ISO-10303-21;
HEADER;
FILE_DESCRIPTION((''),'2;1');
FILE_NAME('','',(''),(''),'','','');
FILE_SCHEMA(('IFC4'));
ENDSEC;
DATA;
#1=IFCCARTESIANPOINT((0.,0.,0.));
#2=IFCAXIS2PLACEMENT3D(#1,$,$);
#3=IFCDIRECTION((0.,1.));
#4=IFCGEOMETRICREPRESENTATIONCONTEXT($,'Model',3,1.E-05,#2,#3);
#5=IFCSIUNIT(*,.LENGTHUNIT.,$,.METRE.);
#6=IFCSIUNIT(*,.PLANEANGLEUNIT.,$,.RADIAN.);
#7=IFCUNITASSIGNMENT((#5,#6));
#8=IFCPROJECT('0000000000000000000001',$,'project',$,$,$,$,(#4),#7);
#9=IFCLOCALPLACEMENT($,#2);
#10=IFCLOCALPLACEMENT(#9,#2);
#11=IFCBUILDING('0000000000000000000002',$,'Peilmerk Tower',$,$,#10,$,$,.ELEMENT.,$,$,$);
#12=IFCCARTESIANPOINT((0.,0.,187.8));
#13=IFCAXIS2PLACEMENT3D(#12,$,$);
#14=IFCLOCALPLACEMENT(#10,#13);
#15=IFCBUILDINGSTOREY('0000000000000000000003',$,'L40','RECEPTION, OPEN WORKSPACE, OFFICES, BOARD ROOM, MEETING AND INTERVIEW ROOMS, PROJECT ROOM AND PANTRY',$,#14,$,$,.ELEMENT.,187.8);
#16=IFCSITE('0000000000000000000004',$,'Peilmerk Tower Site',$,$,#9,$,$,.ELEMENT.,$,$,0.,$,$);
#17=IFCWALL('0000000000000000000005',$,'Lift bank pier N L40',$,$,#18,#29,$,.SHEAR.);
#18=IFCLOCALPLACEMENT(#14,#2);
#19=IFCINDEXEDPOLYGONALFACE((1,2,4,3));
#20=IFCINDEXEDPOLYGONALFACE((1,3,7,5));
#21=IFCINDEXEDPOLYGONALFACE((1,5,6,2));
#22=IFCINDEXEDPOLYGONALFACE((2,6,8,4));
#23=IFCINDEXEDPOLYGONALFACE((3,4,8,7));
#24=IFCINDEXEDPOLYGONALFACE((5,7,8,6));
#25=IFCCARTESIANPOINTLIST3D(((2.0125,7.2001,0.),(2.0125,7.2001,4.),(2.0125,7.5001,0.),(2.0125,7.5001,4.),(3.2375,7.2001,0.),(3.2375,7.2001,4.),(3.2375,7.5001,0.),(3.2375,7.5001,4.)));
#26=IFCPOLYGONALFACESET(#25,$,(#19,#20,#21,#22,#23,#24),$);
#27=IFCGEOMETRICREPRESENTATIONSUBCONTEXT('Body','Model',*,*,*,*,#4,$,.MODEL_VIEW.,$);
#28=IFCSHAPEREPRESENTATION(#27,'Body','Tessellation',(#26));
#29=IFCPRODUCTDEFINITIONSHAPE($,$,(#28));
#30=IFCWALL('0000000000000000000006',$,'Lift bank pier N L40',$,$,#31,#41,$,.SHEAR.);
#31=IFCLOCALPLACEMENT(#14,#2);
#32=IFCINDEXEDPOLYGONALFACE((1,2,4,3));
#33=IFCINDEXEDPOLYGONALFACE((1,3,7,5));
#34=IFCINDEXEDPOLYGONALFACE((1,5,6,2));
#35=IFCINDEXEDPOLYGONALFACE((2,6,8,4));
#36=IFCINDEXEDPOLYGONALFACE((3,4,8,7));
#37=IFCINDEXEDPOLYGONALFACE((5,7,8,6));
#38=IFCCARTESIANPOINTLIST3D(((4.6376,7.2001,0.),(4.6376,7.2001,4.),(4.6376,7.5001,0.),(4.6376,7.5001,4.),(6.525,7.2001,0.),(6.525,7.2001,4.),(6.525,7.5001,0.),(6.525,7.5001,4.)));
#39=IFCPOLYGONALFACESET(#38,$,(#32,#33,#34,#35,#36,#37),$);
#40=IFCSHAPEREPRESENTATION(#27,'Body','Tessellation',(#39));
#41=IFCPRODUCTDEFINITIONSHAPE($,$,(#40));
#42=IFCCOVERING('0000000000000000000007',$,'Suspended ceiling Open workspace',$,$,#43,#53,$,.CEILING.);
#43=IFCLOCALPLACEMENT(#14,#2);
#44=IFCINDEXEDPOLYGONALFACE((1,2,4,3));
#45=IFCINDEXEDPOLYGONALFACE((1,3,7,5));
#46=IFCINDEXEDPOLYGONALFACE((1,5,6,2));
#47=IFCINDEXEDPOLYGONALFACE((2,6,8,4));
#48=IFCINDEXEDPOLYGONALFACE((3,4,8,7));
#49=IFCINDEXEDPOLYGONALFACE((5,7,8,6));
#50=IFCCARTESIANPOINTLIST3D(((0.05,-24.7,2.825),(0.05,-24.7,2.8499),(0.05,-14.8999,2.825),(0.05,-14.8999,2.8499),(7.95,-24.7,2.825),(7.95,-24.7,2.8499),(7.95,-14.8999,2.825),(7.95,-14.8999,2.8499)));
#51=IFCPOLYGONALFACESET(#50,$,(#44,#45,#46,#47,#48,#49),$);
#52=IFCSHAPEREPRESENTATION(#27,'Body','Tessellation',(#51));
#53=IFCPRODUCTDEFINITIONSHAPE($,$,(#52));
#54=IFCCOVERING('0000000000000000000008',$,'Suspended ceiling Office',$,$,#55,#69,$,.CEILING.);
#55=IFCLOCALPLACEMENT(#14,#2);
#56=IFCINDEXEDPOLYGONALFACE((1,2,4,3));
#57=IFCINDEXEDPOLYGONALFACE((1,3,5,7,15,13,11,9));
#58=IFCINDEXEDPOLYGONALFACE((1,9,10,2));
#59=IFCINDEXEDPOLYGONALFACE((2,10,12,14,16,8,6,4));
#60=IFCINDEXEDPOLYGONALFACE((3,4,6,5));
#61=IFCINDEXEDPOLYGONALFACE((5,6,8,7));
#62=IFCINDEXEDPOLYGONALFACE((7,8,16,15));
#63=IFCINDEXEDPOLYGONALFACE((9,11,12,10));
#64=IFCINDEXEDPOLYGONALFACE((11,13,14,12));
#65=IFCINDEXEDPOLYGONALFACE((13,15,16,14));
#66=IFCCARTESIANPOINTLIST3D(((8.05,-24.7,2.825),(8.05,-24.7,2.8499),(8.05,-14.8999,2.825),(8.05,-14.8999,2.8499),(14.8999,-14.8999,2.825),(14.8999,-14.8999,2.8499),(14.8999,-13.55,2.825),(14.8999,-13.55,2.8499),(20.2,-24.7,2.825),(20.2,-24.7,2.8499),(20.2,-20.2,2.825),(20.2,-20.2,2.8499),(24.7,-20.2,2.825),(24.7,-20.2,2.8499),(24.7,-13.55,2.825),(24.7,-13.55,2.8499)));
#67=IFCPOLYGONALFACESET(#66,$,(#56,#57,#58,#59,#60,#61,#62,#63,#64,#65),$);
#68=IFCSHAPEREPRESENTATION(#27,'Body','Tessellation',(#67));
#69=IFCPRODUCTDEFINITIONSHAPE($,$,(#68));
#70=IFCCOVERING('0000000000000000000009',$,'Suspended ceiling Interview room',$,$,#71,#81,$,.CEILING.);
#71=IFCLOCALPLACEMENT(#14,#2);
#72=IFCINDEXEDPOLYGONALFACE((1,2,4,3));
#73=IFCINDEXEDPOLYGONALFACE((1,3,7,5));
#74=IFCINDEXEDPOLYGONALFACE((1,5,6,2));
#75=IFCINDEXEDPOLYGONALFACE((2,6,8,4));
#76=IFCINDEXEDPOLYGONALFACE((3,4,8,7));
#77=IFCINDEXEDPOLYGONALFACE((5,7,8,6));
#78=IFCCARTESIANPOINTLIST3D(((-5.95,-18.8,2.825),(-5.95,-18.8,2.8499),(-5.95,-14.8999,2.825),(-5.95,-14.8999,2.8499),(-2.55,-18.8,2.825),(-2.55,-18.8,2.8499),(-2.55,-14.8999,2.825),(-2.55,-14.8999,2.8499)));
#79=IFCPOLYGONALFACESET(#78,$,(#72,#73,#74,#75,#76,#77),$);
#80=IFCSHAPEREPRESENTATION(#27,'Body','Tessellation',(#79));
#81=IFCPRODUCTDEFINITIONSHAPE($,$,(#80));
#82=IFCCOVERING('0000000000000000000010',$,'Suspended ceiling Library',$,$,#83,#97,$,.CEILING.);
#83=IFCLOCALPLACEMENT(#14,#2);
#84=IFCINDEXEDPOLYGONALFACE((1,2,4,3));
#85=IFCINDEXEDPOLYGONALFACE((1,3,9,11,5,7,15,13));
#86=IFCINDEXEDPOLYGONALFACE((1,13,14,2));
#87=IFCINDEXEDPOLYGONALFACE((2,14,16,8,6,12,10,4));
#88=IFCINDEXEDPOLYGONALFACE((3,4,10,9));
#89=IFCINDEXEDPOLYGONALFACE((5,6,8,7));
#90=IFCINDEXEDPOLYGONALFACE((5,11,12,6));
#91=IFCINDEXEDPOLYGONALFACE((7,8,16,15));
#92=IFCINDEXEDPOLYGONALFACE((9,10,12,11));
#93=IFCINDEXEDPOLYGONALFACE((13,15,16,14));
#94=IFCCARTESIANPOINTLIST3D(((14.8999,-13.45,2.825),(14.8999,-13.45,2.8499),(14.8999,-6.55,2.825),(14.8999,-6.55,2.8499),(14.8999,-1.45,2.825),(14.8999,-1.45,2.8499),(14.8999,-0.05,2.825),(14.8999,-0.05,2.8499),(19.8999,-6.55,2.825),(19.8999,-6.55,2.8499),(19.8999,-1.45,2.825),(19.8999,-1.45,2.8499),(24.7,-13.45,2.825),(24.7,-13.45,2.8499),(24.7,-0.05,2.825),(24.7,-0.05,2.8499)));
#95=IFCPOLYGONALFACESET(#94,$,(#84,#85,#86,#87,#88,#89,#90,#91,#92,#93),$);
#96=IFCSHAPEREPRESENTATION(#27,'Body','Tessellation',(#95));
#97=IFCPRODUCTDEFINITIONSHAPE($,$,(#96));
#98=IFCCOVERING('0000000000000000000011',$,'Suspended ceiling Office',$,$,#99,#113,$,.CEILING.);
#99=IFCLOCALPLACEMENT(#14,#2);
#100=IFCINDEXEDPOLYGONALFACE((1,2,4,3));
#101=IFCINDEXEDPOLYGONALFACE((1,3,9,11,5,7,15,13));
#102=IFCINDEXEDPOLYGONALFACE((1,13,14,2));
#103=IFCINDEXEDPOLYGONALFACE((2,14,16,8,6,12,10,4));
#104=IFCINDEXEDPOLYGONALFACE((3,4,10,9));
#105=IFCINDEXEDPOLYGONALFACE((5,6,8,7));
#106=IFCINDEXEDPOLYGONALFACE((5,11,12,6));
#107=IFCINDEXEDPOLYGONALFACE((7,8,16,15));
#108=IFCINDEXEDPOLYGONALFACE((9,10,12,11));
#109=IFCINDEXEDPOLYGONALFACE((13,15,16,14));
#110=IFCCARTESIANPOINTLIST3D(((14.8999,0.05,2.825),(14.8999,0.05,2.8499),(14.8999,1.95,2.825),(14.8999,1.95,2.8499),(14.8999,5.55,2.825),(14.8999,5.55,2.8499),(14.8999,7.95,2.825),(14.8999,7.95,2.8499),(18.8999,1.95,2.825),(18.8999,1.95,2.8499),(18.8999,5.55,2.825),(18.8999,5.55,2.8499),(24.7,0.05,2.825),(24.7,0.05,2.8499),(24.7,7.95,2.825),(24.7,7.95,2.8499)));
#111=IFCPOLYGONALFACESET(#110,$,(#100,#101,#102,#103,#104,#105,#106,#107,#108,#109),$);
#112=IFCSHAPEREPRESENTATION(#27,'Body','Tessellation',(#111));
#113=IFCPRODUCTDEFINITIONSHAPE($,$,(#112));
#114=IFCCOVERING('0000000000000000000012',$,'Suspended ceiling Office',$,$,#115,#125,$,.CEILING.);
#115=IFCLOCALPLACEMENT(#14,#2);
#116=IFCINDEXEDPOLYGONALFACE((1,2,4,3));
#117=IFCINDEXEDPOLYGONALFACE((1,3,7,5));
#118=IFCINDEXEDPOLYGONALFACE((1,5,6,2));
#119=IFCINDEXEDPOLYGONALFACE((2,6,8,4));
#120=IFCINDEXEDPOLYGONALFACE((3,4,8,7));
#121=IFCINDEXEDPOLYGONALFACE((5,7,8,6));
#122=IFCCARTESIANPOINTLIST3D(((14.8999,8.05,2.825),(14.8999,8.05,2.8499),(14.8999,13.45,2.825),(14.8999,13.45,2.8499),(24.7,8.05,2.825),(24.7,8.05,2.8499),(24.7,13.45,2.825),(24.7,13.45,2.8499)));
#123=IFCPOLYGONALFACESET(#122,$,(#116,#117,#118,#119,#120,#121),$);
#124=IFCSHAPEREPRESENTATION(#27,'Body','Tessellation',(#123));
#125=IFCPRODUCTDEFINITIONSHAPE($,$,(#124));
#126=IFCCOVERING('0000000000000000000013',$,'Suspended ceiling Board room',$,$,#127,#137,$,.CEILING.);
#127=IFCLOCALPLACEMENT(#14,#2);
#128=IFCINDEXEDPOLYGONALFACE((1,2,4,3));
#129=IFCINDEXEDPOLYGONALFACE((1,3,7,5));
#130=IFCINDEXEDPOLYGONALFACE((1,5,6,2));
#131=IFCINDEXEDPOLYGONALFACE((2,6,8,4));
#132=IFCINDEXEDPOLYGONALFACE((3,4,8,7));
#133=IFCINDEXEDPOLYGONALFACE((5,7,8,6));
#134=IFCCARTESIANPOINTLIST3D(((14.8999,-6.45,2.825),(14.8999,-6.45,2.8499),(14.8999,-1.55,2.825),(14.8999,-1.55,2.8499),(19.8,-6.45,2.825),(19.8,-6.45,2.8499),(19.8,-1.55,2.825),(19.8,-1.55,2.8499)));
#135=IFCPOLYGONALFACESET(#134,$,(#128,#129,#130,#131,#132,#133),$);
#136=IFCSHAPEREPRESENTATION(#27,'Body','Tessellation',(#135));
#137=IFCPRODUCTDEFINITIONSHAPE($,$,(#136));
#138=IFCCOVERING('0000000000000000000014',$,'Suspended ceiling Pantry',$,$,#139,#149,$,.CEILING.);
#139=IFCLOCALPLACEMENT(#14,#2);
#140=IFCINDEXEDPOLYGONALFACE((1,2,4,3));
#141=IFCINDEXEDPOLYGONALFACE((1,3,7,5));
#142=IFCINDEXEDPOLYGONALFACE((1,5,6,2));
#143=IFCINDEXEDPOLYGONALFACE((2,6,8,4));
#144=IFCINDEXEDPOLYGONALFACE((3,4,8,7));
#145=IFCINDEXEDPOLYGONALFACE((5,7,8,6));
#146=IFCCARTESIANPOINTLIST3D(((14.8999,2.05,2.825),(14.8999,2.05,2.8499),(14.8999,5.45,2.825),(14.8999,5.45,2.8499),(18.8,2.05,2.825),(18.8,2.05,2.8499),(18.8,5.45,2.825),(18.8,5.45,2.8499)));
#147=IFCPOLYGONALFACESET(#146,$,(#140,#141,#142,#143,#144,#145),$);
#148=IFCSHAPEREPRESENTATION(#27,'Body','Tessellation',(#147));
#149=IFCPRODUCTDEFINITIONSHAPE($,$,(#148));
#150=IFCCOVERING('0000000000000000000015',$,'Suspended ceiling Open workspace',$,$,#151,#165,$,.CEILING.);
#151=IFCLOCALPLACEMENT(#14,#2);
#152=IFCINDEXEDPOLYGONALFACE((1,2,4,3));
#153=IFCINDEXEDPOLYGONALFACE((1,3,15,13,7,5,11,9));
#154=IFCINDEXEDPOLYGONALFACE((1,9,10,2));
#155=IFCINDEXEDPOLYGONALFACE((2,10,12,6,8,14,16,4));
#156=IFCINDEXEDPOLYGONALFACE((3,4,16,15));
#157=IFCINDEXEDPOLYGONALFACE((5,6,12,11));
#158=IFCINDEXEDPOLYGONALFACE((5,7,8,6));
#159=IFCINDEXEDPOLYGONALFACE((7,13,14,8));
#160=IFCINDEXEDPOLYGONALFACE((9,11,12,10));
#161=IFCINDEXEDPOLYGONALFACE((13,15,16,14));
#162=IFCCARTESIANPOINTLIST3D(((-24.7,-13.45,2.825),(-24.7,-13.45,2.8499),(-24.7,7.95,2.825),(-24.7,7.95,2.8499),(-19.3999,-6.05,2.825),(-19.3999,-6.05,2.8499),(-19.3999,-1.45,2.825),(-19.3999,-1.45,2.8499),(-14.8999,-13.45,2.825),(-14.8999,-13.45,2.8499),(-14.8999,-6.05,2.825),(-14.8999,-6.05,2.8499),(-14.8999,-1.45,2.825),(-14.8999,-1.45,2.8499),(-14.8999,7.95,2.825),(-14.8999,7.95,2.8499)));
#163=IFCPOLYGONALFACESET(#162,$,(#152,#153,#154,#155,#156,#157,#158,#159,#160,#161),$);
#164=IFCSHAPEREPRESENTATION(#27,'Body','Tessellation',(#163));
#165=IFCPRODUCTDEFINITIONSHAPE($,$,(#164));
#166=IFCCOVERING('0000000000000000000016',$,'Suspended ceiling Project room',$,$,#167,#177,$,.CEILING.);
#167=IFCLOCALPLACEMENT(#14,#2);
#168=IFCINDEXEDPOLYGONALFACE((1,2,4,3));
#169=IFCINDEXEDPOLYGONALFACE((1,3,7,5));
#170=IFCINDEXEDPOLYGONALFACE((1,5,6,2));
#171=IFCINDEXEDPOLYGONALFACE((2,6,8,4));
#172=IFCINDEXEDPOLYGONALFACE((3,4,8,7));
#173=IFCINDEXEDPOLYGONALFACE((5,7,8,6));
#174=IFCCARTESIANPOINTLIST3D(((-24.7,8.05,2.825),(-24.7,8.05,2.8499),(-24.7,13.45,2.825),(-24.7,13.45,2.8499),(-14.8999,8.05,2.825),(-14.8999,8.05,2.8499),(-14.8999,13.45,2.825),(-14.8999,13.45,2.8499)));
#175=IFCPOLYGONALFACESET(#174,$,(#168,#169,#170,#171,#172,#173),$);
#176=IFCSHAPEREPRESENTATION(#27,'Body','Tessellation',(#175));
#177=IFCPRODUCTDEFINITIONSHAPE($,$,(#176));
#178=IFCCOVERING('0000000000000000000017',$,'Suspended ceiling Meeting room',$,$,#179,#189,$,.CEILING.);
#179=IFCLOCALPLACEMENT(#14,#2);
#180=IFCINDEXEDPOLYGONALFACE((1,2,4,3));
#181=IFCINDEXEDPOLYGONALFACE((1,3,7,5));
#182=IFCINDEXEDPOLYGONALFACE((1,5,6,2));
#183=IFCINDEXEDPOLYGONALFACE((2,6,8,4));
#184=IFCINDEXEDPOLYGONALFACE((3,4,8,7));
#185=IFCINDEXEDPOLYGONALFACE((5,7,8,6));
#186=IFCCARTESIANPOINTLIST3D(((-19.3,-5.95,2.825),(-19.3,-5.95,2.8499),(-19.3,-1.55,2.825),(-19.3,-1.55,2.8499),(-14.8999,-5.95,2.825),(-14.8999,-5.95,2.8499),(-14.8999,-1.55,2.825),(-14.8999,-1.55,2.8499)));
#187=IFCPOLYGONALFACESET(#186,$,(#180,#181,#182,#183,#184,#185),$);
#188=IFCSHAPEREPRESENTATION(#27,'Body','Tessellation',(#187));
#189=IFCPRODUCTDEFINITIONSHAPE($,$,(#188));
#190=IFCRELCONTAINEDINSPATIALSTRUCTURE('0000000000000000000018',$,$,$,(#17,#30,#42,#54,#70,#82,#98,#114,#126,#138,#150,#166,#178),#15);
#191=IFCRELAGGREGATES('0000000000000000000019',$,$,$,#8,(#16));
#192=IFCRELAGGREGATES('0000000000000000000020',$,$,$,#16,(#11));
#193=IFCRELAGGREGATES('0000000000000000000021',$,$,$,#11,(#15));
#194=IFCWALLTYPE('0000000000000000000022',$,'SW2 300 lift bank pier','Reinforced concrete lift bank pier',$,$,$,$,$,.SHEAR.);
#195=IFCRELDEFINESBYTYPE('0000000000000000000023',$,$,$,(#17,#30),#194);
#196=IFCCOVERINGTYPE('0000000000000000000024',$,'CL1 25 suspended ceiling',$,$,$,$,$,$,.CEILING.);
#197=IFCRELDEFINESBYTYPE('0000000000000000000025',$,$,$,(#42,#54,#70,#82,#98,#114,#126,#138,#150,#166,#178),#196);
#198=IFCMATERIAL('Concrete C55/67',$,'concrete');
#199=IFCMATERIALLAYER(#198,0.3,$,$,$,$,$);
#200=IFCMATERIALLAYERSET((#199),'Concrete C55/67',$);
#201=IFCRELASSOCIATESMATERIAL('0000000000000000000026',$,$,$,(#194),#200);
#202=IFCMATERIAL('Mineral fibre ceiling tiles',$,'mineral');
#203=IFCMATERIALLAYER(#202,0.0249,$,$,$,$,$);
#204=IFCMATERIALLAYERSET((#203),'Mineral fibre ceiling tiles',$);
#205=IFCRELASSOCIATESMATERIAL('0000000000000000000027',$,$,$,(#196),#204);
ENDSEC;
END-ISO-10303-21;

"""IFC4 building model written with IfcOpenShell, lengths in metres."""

from ifc_helpers import new_model, si_unit, direction, frame, frame_2d, origin, place, context, subcontext, project, spatial, polyline, rectangle, outline, extrude, material, layer, layer_set, type_object, element, save


model = new_model("IFC4")

# Units and contexts
model_context = context("Model", 3, precision=1e-05, world=origin(), true_north=direction((0.0, 1.0)))
body_context = subcontext(model_context, "Body", "Model", "MODEL_VIEW")
ifc_project = project(units=[si_unit("LENGTHUNIT", "METRE"), si_unit("PLANEANGLEUNIT", "RADIAN")], contexts=[model_context])

# Site, building, storey
site_placement = place(None, origin())
site = spatial("IfcSite", under=ifc_project, at=site_placement, Name="Peilmerk Tower Site", CompositionType="ELEMENT", RefElevation=0.0)
building_placement = place(site_placement, origin())
building = spatial("IfcBuilding", under=site, at=building_placement, Name="Peilmerk Tower", CompositionType="ELEMENT")
storey_placement = place(building_placement, frame((0.0, 0.0, 187.8)))
storey = spatial("IfcBuildingStorey", under=building, at=storey_placement, Name="L40", Description="RECEPTION, OPEN WORKSPACE, OFFICES, BOARD ROOM, MEETING AND INTERVIEW ROOMS, PROJECT ROOM AND PANTRY", CompositionType="ELEMENT", Elevation=187.8)

# Walls
ifc_material_1 = material(Name="Concrete C55/67", Category="concrete")
ifc_layer_1 = layer(ifc_material_1, 0.3)
ifc_layer_set_1 = layer_set([ifc_layer_1], Name="Concrete C55/67")
wall_type_1 = type_object("IfcWallType", Name="SW2 300 lift bank pier", Description="Reinforced concrete lift bank pier", PredefinedType="SHEAR", material=ifc_layer_set_1)
wall_1_placement = place(storey_placement, frame((2.0125, 7.3501, 0.0), z_axis=(0.0, 0.0, 1.0), x_axis=(1.0, 0.0, 0.0)))
element("IfcWall", 1, at=wall_1_placement, inside=storey, type_object=wall_type_1, Name="Lift bank pier N L40", PredefinedType="SHEAR", context=body_context, shape_type="SweptSolid", body=[
    extrude(rectangle(XDim=1.2251, YDim=0.3, at=frame_2d((0.6125, 0.0))), origin(), (0.0, 0.0, 1.0), 4.0),
])
wall_2_placement = place(storey_placement, frame((4.6375, 7.3501, 0.0), z_axis=(0.0, 0.0, 1.0), x_axis=(1.0, 0.0, 0.0)))
element("IfcWall", 2, at=wall_2_placement, inside=storey, type_object=wall_type_1, Name="Lift bank pier N L40", PredefinedType="SHEAR", context=body_context, shape_type="SweptSolid", body=[
    extrude(rectangle(XDim=1.8875, YDim=0.3, at=frame_2d((0.9438, 0.0))), origin(), (0.0, 0.0, 1.0), 4.0),
])

# Coverings
ifc_material_2 = material(Name="Mineral fibre ceiling tiles", Category="mineral")
ifc_layer_2 = layer(ifc_material_2, 0.0249)
ifc_layer_set_2 = layer_set([ifc_layer_2], Name="Mineral fibre ceiling tiles")
covering_type = type_object("IfcCoveringType", Name="CL1 25 suspended ceiling", PredefinedType="CEILING", material=ifc_layer_set_2)
covering_1_placement = place(storey_placement, frame((0.0, 0.0, 2.825)))
element("IfcCovering", 3, at=covering_1_placement, inside=storey, type_object=covering_type, Name="Suspended ceiling Open workspace", PredefinedType="CEILING", context=body_context, shape_type="SweptSolid", body=[
    extrude(outline(polyline([(0.05, -24.7), (7.95, -24.7), (7.95, -14.8999), (0.05, -14.8999), (0.05, -24.7)])), origin(), (0.0, 0.0, 1.0), 0.0249),
])
covering_2_placement = place(storey_placement, frame((0.0, 0.0, 2.825)))
element("IfcCovering", 4, at=covering_2_placement, inside=storey, type_object=covering_type, Name="Suspended ceiling Office", PredefinedType="CEILING", context=body_context, shape_type="SweptSolid", body=[
    extrude(outline(polyline([(8.05, -24.7), (20.2, -24.7), (20.2, -20.2), (24.7, -20.2), (24.7, -13.55), (14.8999, -13.55), (14.8999, -14.8999), (8.05, -14.8999), (8.05, -24.7)])), origin(), (0.0, 0.0, 1.0), 0.0249),
])
covering_3_placement = place(storey_placement, frame((0.0, 0.0, 2.825)))
element("IfcCovering", 5, at=covering_3_placement, inside=storey, type_object=covering_type, Name="Suspended ceiling Interview room", PredefinedType="CEILING", context=body_context, shape_type="SweptSolid", body=[
    extrude(outline(polyline([(-2.55, -18.8), (-2.55, -14.8999), (-5.95, -14.8999), (-5.95, -18.8), (-2.55, -18.8)])), origin(), (0.0, 0.0, 1.0), 0.0249),
])
covering_4_placement = place(storey_placement, frame((0.0, 0.0, 2.825)))
element("IfcCovering", 6, at=covering_4_placement, inside=storey, type_object=covering_type, Name="Suspended ceiling Library", PredefinedType="CEILING", context=body_context, shape_type="SweptSolid", body=[
    extrude(outline(polyline([(14.8999, -13.45), (24.7, -13.45), (24.7, -0.05), (14.8999, -0.05), (14.8999, -1.45), (19.8999, -1.45), (19.8999, -6.55), (14.8999, -6.55), (14.8999, -13.45)])), origin(), (0.0, 0.0, 1.0), 0.0249),
])
covering_5_placement = place(storey_placement, frame((0.0, 0.0, 2.825)))
element("IfcCovering", 7, at=covering_5_placement, inside=storey, type_object=covering_type, Name="Suspended ceiling Office", PredefinedType="CEILING", context=body_context, shape_type="SweptSolid", body=[
    extrude(outline(polyline([(14.8999, 0.05), (24.7, 0.05), (24.7, 7.95), (14.8999, 7.95), (14.8999, 5.55), (18.8999, 5.55), (18.8999, 1.95), (14.8999, 1.95), (14.8999, 0.05)])), origin(), (0.0, 0.0, 1.0), 0.0249),
])
covering_6_placement = place(storey_placement, frame((0.0, 0.0, 2.825)))
element("IfcCovering", 8, at=covering_6_placement, inside=storey, type_object=covering_type, Name="Suspended ceiling Office", PredefinedType="CEILING", context=body_context, shape_type="SweptSolid", body=[
    extrude(outline(polyline([(24.7, 8.05), (24.7, 13.45), (14.8999, 13.45), (14.8999, 8.05), (24.7, 8.05)])), origin(), (0.0, 0.0, 1.0), 0.0249),
])
covering_7_placement = place(storey_placement, frame((0.0, 0.0, 2.825)))
element("IfcCovering", 9, at=covering_7_placement, inside=storey, type_object=covering_type, Name="Suspended ceiling Board room", PredefinedType="CEILING", context=body_context, shape_type="SweptSolid", body=[
    extrude(outline(polyline([(19.8, -6.45), (19.8, -1.55), (14.8999, -1.55), (14.8999, -6.45), (19.8, -6.45)])), origin(), (0.0, 0.0, 1.0), 0.0249),
])
covering_8_placement = place(storey_placement, frame((0.0, 0.0, 2.825)))
element("IfcCovering", 10, at=covering_8_placement, inside=storey, type_object=covering_type, Name="Suspended ceiling Pantry", PredefinedType="CEILING", context=body_context, shape_type="SweptSolid", body=[
    extrude(outline(polyline([(18.8, 2.05), (18.8, 5.45), (14.8999, 5.45), (14.8999, 2.05), (18.8, 2.05)])), origin(), (0.0, 0.0, 1.0), 0.0249),
])
covering_9_placement = place(storey_placement, frame((0.0, 0.0, 2.825)))
element("IfcCovering", 11, at=covering_9_placement, inside=storey, type_object=covering_type, Name="Suspended ceiling Open workspace", PredefinedType="CEILING", context=body_context, shape_type="SweptSolid", body=[
    extrude(outline(polyline([(-14.8999, 7.95), (-24.7, 7.95), (-24.7, -13.45), (-14.8999, -13.45), (-14.8999, -6.05), (-19.3999, -6.05), (-19.3999, -1.45), (-14.8999, -1.45), (-14.8999, 7.95)])), origin(), (0.0, 0.0, 1.0), 0.0249),
])
covering_10_placement = place(storey_placement, frame((0.0, 0.0, 2.825)))
element("IfcCovering", 12, at=covering_10_placement, inside=storey, type_object=covering_type, Name="Suspended ceiling Project room", PredefinedType="CEILING", context=body_context, shape_type="SweptSolid", body=[
    extrude(outline(polyline([(-24.7, 13.45), (-24.7, 8.05), (-14.8999, 8.05), (-14.8999, 13.45), (-24.7, 13.45)])), origin(), (0.0, 0.0, 1.0), 0.0249),
])
covering_11_placement = place(storey_placement, frame((0.0, 0.0, 2.825)))
element("IfcCovering", 13, at=covering_11_placement, inside=storey, type_object=covering_type, Name="Suspended ceiling Meeting room", PredefinedType="CEILING", context=body_context, shape_type="SweptSolid", body=[
    extrude(outline(polyline([(-14.8999, -5.95), (-14.8999, -1.55), (-19.3, -1.55), (-19.3, -5.95), (-14.8999, -5.95)])), origin(), (0.0, 0.0, 1.0), 0.0249),
])

save(model, "model.ifc")
